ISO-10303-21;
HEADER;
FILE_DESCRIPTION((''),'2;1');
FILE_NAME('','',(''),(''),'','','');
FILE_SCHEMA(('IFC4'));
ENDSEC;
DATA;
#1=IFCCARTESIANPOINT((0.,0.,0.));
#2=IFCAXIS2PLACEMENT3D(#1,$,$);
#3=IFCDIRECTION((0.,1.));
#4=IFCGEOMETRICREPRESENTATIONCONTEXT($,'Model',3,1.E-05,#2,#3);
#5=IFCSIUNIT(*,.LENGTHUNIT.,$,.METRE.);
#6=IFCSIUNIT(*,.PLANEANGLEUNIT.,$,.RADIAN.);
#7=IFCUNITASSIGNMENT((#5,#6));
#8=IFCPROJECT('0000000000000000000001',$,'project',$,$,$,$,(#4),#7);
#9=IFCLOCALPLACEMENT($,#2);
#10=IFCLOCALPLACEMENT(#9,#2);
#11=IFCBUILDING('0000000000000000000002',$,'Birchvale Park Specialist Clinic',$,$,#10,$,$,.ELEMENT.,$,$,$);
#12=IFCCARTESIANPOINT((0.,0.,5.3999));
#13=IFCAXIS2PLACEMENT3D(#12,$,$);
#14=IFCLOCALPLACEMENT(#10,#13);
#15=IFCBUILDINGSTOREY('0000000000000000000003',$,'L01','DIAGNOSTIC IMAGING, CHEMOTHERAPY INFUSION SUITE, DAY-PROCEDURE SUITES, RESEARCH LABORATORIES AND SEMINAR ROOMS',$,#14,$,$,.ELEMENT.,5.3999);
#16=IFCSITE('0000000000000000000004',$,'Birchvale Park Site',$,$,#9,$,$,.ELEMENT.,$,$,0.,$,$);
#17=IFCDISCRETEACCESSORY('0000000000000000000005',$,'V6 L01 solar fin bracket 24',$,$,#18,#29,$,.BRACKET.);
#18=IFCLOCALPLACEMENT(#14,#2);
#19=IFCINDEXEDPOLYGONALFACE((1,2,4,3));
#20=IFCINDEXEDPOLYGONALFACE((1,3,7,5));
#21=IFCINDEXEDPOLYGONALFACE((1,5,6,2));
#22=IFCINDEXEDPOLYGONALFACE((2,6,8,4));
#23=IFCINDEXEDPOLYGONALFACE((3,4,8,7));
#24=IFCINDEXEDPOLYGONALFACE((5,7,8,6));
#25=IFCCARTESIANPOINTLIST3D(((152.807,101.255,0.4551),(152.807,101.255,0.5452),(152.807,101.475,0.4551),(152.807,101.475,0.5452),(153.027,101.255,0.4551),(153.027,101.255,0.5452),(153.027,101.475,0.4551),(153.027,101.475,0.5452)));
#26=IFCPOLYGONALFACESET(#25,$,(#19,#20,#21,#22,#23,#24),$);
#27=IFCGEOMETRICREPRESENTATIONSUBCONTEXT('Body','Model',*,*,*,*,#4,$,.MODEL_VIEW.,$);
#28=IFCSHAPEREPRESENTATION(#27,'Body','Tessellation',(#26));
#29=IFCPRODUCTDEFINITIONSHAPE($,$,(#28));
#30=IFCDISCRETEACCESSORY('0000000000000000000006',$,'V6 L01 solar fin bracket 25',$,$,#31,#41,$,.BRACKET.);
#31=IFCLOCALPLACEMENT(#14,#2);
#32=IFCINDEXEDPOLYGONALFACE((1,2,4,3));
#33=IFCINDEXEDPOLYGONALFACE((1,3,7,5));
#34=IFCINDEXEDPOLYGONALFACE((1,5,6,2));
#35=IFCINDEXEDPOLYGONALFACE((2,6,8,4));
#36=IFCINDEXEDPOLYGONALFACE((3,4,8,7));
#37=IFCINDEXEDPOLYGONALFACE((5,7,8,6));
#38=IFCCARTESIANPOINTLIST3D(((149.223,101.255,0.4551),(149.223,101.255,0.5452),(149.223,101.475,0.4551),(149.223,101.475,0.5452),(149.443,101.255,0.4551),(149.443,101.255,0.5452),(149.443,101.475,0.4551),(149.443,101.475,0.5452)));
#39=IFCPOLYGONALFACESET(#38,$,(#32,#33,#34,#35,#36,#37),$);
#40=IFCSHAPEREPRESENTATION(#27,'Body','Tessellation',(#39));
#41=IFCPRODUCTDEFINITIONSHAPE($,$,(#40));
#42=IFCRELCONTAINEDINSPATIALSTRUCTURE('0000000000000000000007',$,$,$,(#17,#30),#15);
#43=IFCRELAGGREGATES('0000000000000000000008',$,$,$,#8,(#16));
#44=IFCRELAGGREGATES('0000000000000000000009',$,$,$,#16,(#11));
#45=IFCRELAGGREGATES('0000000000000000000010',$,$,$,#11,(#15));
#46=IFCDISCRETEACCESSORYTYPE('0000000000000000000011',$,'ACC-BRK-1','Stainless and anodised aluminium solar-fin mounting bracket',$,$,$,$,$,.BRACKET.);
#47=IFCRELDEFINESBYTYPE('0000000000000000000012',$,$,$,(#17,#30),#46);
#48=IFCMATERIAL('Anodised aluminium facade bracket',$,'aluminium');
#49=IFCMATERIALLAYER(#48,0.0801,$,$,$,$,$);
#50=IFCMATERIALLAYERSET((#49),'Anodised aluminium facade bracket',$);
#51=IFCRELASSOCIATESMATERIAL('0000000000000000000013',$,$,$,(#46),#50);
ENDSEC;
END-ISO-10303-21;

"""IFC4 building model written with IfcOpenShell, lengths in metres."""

from ifc_helpers import new_model, si_unit, direction, frame, origin, origin_2d, place, context, subcontext, project, spatial, rectangle, extrude, material, layer, layer_set, type_object, element, save


model = new_model("IFC4")

# Units and contexts
model_context = context("Model", 3, precision=1e-05, world=origin(), true_north=direction((0.0, 1.0)))
body_context = subcontext(model_context, "Body", "Model", "MODEL_VIEW")
ifc_project = project(units=[si_unit("LENGTHUNIT", "METRE"), si_unit("PLANEANGLEUNIT", "RADIAN")], contexts=[model_context])

# Site, building, storey
site_placement = place(None, origin())
site = spatial("IfcSite", under=ifc_project, at=site_placement, Name="Birchvale Park Site", CompositionType="ELEMENT", RefElevation=0.0)
building_placement = place(site_placement, origin())
building = spatial("IfcBuilding", under=site, at=building_placement, Name="Birchvale Park Specialist Clinic", CompositionType="ELEMENT")
storey_placement = place(building_placement, frame((0.0, 0.0, 5.3999)))
storey = spatial("IfcBuildingStorey", under=building, at=storey_placement, Name="L01", Description="DIAGNOSTIC IMAGING, CHEMOTHERAPY INFUSION SUITE, DAY-PROCEDURE SUITES, RESEARCH LABORATORIES AND SEMINAR ROOMS", CompositionType="ELEMENT", Elevation=5.3999)

# Discrete accessories
ifc_material_1 = material(Name="Anodised aluminium facade bracket", Category="aluminium")
ifc_layer_1 = layer(ifc_material_1, 0.0801)
ifc_layer_set_1 = layer_set([ifc_layer_1], Name="Anodised aluminium facade bracket")
discrete_accessory_type = type_object("IfcDiscreteAccessoryType", Name="ACC-BRK-1", Description="Stainless and anodised aluminium solar-fin mounting bracket", PredefinedType="BRACKET", material=ifc_layer_set_1)
for number, where, z_axis, x_axis, name in (
    (1, (152.917, 101.365, 0.4551), (0.0, 0.0, 1.0), (0.0, 1.0, 0.0), "V6 L01 solar fin bracket 24"),
    (2, (149.333, 101.365, 0.4551), (0.0, 0.0, 1.0), (0.0, 1.0, 0.0), "V6 L01 solar fin bracket 25"),
):
    element("IfcDiscreteAccessory", number, at=place(storey_placement, frame(where, z_axis=z_axis, x_axis=x_axis)), inside=storey, type_object=discrete_accessory_type, Name=name, PredefinedType="BRACKET", context=body_context, shape_type="SweptSolid", body=[
        extrude(rectangle(XDim=0.22, YDim=0.22, at=origin_2d()), origin(), (0.0, 0.0, 1.0), 0.0901),
    ])

save(model, "model.ifc")
